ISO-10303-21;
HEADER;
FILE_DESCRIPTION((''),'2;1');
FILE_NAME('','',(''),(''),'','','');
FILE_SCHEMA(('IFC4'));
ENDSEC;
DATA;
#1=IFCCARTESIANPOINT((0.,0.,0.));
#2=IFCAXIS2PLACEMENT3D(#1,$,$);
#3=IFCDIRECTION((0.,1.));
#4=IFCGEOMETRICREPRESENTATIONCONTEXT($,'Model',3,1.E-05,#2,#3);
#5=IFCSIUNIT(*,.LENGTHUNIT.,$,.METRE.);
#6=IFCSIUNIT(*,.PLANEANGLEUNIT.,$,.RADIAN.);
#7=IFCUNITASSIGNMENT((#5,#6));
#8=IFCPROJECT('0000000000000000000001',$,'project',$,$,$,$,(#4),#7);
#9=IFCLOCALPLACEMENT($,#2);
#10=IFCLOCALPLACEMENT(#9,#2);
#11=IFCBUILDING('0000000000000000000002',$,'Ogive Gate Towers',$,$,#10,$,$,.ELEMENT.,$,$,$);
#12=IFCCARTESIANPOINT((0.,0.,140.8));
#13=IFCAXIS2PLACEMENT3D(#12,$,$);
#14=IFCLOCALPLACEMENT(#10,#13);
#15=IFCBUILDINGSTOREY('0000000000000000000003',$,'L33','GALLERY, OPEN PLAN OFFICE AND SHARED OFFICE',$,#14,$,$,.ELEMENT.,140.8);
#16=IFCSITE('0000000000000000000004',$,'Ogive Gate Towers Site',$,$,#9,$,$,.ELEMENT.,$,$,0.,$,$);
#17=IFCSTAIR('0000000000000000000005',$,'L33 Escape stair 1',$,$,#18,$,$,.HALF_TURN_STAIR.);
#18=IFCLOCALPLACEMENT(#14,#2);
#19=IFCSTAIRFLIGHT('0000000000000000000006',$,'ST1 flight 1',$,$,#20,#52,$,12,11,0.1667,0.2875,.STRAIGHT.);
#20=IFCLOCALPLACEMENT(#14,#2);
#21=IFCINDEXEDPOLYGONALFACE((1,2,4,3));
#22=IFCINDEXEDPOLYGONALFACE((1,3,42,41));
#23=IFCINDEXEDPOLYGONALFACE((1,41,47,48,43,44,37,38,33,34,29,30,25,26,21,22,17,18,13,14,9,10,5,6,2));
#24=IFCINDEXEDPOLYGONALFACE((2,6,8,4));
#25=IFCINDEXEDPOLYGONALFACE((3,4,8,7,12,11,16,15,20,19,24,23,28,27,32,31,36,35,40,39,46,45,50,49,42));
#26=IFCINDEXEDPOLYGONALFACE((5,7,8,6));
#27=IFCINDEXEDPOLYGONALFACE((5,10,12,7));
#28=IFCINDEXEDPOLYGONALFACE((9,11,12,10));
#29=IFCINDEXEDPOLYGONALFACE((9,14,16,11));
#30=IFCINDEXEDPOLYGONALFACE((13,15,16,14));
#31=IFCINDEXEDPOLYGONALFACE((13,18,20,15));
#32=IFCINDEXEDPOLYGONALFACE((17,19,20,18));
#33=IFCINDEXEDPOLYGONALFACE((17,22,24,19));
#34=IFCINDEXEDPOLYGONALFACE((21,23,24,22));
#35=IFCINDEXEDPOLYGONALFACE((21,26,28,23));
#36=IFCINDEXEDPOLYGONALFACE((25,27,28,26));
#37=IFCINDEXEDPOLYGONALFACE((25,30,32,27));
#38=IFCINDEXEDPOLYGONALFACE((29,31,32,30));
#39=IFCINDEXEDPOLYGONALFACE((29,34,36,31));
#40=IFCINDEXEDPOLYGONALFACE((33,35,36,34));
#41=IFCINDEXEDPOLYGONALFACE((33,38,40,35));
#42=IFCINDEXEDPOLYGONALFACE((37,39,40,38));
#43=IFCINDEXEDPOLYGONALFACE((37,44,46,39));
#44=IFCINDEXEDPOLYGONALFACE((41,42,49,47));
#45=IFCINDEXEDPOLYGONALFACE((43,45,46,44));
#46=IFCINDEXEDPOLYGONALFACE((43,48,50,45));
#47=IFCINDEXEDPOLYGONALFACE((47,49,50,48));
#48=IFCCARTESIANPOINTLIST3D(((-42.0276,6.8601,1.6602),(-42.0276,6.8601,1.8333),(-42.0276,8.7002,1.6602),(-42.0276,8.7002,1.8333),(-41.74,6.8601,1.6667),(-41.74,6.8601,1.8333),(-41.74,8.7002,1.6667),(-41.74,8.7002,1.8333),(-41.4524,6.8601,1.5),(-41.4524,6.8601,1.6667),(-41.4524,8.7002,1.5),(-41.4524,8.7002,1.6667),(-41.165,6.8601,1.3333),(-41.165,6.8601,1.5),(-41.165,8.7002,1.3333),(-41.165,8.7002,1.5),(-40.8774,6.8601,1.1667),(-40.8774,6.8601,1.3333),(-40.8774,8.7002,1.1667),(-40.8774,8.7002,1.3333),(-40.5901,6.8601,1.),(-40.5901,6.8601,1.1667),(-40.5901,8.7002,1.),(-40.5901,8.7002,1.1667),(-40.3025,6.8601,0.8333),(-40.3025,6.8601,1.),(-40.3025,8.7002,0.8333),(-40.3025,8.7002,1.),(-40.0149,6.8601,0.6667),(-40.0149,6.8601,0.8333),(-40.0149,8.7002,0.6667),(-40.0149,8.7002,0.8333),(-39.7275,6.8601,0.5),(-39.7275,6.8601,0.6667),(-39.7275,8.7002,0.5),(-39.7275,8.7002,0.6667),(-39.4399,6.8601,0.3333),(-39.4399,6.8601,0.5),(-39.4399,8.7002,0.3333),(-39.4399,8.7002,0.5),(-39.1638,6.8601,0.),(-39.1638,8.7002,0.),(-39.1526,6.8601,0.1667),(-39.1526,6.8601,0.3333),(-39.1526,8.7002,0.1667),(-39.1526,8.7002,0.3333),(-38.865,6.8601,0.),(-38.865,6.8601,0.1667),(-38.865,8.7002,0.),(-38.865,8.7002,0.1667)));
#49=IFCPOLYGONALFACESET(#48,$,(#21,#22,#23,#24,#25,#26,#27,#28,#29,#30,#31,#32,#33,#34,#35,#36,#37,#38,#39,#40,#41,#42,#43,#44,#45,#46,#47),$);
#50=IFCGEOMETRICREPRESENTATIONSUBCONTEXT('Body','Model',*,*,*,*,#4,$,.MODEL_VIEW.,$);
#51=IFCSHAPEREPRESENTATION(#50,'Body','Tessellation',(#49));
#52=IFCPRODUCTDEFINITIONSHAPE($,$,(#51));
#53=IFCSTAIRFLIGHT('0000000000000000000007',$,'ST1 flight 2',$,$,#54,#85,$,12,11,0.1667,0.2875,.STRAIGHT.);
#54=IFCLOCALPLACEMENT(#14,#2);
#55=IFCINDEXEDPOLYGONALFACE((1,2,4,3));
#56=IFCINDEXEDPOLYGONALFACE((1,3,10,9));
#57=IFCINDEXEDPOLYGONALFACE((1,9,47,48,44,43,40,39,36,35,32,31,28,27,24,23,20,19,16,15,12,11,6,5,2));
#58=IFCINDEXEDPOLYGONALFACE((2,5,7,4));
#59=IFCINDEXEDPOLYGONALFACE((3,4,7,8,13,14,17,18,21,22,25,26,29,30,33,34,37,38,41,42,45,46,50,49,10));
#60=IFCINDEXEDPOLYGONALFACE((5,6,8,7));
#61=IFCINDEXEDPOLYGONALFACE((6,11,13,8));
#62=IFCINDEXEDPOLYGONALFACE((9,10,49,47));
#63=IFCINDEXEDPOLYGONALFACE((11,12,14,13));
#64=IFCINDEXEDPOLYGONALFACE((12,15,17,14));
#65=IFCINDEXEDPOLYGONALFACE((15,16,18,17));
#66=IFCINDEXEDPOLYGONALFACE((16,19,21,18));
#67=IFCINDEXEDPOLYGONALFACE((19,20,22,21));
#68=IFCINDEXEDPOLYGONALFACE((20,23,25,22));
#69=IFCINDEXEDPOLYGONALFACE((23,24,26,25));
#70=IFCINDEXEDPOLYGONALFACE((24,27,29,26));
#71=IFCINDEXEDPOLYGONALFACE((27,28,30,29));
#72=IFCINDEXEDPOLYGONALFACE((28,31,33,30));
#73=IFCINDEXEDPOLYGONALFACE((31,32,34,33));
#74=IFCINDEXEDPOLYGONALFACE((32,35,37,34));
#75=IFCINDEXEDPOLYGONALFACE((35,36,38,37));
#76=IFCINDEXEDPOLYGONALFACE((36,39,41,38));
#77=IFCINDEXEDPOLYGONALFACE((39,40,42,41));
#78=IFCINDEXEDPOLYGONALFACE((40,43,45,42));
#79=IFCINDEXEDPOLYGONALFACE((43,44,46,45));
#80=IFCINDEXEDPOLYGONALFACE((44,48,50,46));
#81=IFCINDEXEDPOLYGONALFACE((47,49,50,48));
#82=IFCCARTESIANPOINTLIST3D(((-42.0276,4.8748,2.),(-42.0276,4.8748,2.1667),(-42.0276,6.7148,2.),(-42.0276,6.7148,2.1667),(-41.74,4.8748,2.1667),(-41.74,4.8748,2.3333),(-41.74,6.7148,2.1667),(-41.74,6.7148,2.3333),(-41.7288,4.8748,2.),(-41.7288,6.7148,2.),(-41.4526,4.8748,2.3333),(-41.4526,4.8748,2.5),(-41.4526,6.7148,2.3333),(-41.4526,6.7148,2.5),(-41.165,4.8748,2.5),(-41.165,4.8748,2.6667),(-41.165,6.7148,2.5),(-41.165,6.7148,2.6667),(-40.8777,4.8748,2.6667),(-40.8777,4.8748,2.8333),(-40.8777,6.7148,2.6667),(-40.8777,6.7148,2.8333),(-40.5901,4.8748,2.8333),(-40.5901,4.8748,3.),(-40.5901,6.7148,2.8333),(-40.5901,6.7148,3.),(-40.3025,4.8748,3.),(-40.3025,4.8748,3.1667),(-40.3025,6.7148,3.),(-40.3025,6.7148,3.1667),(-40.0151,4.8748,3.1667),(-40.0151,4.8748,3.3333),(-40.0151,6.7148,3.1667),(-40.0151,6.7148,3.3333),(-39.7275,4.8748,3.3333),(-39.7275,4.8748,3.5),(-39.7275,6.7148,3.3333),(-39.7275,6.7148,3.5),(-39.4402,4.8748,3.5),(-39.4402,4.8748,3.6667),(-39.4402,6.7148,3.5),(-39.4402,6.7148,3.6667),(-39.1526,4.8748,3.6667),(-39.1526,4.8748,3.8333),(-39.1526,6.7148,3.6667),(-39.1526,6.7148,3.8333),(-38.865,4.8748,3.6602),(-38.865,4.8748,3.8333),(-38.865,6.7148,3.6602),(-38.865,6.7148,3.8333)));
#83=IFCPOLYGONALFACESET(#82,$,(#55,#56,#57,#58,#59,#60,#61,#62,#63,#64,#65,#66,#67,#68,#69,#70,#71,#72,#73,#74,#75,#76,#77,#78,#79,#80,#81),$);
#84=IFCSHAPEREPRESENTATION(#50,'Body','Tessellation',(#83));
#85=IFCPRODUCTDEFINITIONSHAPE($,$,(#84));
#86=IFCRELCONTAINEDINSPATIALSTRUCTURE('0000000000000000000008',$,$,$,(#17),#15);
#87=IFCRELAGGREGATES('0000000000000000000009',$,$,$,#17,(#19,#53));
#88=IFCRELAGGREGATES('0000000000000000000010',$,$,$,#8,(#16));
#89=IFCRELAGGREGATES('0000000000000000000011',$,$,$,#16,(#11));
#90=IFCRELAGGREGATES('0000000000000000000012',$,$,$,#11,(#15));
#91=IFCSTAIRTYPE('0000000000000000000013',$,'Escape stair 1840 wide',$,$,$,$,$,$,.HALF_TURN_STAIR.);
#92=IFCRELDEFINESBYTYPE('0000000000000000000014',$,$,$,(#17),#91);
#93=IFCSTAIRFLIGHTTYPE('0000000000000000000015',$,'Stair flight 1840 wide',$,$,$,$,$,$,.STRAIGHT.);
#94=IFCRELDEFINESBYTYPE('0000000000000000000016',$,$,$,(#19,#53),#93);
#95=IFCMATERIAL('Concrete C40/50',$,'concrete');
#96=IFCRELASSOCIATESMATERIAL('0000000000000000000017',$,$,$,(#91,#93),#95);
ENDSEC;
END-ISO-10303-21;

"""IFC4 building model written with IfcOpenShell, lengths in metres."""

from ifc_helpers import new_model, si_unit, direction, frame, origin, place, context, subcontext, project, spatial, polyline, outline, extrude, material, type_object, element, aggregate, save


model = new_model("IFC4")

# Units and contexts
model_context = context("Model", 3, precision=1e-05, world=origin(), true_north=direction((0.0, 1.0)))
body_context = subcontext(model_context, "Body", "Model", "MODEL_VIEW")
ifc_project = project(units=[si_unit("LENGTHUNIT", "METRE"), si_unit("PLANEANGLEUNIT", "RADIAN")], contexts=[model_context])

# Site, building, storey
site_placement = place(None, origin())
site = spatial("IfcSite", under=ifc_project, at=site_placement, Name="Ogive Gate Towers Site", CompositionType="ELEMENT", RefElevation=0.0)
building_placement = place(site_placement, origin())
building = spatial("IfcBuilding", under=site, at=building_placement, Name="Ogive Gate Towers", CompositionType="ELEMENT")
storey_placement = place(building_placement, frame((0.0, 0.0, 140.8)))
storey = spatial("IfcBuildingStorey", under=building, at=storey_placement, Name="L33", Description="GALLERY, OPEN PLAN OFFICE AND SHARED OFFICE", CompositionType="ELEMENT", Elevation=140.8)

# Stair, stair flights
ifc_material_1 = material(Name="Concrete C40/50", Category="concrete")
stair_type = type_object("IfcStairType", Name="Escape stair 1840 wide", PredefinedType="HALF_TURN_STAIR", material=ifc_material_1)
stair_placement = place(storey_placement, origin())
stair = element("IfcStair", 1, at=stair_placement, inside=storey, type_object=stair_type, Name="L33 Escape stair 1", PredefinedType="HALF_TURN_STAIR")
stair_flight_type = type_object("IfcStairFlightType", Name="Stair flight 1840 wide", PredefinedType="STRAIGHT", material=ifc_material_1)
stair_flight_1_placement = place(storey_placement, frame((-38.865, 7.78, 0.0), z_axis=(0.0, 0.0, 1.0), x_axis=(-1.0, 0.0, 0.0)))
stair_flight_1 = element("IfcStairFlight", 2, at=stair_flight_1_placement, type_object=stair_flight_type, Name="ST1 flight 1", NumberOfRisers=12, NumberOfTreads=11, PredefinedType="STRAIGHT", RiserHeight=0.1667, TreadLength=0.2875, context=body_context, shape_type="SweptSolid", body=[
    extrude(outline(polyline([(0.0, 0.0), (0.0, 0.1667), (0.2876, 0.1667), (0.2876, 0.3333), (0.575, 0.3333), (0.575, 0.5), (0.8625, 0.5), (0.8625, 0.6667), (1.1499, 0.6667), (1.1499, 0.8333), (1.4375, 0.8333), (1.4375, 1.0), (1.7251, 1.0), (1.7251, 1.1667), (2.0125, 1.1667), (2.0125, 1.3333), (2.3, 1.3333), (2.3, 1.5), (2.5874, 1.5), (2.5874, 1.6667), (2.875, 1.6667), (2.875, 1.8333), (3.1626, 1.8333), (3.1626, 2.0), (3.1626, 1.6602), (0.2988, 0.0), (0.0, 0.0)])), frame((0.0, 0.9199, 0.0), z_axis=(0.0, -1.0, 0.0), x_axis=(1.0, 0.0, 0.0)), (0.0, 0.0, 1.0), 1.8401),
])
stair_flight_2_placement = place(storey_placement, frame((-42.0276, 5.7949, 2.0), z_axis=(0.0, 0.0, 1.0), x_axis=(1.0, 0.0, 0.0)))
stair_flight_2 = element("IfcStairFlight", 3, at=stair_flight_2_placement, type_object=stair_flight_type, Name="ST1 flight 2", NumberOfRisers=12, NumberOfTreads=11, PredefinedType="STRAIGHT", RiserHeight=0.1667, TreadLength=0.2875, context=body_context, shape_type="SweptSolid", body=[
    extrude(outline(polyline([(0.0, 0.0), (0.0, 0.1667), (0.2876, 0.1667), (0.2876, 0.3333), (0.575, 0.3333), (0.575, 0.5), (0.8625, 0.5), (0.8625, 0.6667), (1.1499, 0.6667), (1.1499, 0.8333), (1.4375, 0.8333), (1.4375, 1.0), (1.7251, 1.0), (1.7251, 1.1667), (2.0125, 1.1667), (2.0125, 1.3333), (2.3, 1.3333), (2.3, 1.5), (2.5874, 1.5), (2.5874, 1.6667), (2.875, 1.6667), (2.875, 1.8333), (3.1626, 1.8333), (3.1626, 2.0), (3.1626, 1.6602), (0.2988, 0.0), (0.0, 0.0)])), frame((0.0, 0.9199, 0.0), z_axis=(0.0, -1.0, 0.0), x_axis=(1.0, 0.0, 0.0)), (0.0, 0.0, 1.0), 1.8401),
])
aggregate(stair, [stair_flight_1, stair_flight_2])

save(model, "model.ifc")
